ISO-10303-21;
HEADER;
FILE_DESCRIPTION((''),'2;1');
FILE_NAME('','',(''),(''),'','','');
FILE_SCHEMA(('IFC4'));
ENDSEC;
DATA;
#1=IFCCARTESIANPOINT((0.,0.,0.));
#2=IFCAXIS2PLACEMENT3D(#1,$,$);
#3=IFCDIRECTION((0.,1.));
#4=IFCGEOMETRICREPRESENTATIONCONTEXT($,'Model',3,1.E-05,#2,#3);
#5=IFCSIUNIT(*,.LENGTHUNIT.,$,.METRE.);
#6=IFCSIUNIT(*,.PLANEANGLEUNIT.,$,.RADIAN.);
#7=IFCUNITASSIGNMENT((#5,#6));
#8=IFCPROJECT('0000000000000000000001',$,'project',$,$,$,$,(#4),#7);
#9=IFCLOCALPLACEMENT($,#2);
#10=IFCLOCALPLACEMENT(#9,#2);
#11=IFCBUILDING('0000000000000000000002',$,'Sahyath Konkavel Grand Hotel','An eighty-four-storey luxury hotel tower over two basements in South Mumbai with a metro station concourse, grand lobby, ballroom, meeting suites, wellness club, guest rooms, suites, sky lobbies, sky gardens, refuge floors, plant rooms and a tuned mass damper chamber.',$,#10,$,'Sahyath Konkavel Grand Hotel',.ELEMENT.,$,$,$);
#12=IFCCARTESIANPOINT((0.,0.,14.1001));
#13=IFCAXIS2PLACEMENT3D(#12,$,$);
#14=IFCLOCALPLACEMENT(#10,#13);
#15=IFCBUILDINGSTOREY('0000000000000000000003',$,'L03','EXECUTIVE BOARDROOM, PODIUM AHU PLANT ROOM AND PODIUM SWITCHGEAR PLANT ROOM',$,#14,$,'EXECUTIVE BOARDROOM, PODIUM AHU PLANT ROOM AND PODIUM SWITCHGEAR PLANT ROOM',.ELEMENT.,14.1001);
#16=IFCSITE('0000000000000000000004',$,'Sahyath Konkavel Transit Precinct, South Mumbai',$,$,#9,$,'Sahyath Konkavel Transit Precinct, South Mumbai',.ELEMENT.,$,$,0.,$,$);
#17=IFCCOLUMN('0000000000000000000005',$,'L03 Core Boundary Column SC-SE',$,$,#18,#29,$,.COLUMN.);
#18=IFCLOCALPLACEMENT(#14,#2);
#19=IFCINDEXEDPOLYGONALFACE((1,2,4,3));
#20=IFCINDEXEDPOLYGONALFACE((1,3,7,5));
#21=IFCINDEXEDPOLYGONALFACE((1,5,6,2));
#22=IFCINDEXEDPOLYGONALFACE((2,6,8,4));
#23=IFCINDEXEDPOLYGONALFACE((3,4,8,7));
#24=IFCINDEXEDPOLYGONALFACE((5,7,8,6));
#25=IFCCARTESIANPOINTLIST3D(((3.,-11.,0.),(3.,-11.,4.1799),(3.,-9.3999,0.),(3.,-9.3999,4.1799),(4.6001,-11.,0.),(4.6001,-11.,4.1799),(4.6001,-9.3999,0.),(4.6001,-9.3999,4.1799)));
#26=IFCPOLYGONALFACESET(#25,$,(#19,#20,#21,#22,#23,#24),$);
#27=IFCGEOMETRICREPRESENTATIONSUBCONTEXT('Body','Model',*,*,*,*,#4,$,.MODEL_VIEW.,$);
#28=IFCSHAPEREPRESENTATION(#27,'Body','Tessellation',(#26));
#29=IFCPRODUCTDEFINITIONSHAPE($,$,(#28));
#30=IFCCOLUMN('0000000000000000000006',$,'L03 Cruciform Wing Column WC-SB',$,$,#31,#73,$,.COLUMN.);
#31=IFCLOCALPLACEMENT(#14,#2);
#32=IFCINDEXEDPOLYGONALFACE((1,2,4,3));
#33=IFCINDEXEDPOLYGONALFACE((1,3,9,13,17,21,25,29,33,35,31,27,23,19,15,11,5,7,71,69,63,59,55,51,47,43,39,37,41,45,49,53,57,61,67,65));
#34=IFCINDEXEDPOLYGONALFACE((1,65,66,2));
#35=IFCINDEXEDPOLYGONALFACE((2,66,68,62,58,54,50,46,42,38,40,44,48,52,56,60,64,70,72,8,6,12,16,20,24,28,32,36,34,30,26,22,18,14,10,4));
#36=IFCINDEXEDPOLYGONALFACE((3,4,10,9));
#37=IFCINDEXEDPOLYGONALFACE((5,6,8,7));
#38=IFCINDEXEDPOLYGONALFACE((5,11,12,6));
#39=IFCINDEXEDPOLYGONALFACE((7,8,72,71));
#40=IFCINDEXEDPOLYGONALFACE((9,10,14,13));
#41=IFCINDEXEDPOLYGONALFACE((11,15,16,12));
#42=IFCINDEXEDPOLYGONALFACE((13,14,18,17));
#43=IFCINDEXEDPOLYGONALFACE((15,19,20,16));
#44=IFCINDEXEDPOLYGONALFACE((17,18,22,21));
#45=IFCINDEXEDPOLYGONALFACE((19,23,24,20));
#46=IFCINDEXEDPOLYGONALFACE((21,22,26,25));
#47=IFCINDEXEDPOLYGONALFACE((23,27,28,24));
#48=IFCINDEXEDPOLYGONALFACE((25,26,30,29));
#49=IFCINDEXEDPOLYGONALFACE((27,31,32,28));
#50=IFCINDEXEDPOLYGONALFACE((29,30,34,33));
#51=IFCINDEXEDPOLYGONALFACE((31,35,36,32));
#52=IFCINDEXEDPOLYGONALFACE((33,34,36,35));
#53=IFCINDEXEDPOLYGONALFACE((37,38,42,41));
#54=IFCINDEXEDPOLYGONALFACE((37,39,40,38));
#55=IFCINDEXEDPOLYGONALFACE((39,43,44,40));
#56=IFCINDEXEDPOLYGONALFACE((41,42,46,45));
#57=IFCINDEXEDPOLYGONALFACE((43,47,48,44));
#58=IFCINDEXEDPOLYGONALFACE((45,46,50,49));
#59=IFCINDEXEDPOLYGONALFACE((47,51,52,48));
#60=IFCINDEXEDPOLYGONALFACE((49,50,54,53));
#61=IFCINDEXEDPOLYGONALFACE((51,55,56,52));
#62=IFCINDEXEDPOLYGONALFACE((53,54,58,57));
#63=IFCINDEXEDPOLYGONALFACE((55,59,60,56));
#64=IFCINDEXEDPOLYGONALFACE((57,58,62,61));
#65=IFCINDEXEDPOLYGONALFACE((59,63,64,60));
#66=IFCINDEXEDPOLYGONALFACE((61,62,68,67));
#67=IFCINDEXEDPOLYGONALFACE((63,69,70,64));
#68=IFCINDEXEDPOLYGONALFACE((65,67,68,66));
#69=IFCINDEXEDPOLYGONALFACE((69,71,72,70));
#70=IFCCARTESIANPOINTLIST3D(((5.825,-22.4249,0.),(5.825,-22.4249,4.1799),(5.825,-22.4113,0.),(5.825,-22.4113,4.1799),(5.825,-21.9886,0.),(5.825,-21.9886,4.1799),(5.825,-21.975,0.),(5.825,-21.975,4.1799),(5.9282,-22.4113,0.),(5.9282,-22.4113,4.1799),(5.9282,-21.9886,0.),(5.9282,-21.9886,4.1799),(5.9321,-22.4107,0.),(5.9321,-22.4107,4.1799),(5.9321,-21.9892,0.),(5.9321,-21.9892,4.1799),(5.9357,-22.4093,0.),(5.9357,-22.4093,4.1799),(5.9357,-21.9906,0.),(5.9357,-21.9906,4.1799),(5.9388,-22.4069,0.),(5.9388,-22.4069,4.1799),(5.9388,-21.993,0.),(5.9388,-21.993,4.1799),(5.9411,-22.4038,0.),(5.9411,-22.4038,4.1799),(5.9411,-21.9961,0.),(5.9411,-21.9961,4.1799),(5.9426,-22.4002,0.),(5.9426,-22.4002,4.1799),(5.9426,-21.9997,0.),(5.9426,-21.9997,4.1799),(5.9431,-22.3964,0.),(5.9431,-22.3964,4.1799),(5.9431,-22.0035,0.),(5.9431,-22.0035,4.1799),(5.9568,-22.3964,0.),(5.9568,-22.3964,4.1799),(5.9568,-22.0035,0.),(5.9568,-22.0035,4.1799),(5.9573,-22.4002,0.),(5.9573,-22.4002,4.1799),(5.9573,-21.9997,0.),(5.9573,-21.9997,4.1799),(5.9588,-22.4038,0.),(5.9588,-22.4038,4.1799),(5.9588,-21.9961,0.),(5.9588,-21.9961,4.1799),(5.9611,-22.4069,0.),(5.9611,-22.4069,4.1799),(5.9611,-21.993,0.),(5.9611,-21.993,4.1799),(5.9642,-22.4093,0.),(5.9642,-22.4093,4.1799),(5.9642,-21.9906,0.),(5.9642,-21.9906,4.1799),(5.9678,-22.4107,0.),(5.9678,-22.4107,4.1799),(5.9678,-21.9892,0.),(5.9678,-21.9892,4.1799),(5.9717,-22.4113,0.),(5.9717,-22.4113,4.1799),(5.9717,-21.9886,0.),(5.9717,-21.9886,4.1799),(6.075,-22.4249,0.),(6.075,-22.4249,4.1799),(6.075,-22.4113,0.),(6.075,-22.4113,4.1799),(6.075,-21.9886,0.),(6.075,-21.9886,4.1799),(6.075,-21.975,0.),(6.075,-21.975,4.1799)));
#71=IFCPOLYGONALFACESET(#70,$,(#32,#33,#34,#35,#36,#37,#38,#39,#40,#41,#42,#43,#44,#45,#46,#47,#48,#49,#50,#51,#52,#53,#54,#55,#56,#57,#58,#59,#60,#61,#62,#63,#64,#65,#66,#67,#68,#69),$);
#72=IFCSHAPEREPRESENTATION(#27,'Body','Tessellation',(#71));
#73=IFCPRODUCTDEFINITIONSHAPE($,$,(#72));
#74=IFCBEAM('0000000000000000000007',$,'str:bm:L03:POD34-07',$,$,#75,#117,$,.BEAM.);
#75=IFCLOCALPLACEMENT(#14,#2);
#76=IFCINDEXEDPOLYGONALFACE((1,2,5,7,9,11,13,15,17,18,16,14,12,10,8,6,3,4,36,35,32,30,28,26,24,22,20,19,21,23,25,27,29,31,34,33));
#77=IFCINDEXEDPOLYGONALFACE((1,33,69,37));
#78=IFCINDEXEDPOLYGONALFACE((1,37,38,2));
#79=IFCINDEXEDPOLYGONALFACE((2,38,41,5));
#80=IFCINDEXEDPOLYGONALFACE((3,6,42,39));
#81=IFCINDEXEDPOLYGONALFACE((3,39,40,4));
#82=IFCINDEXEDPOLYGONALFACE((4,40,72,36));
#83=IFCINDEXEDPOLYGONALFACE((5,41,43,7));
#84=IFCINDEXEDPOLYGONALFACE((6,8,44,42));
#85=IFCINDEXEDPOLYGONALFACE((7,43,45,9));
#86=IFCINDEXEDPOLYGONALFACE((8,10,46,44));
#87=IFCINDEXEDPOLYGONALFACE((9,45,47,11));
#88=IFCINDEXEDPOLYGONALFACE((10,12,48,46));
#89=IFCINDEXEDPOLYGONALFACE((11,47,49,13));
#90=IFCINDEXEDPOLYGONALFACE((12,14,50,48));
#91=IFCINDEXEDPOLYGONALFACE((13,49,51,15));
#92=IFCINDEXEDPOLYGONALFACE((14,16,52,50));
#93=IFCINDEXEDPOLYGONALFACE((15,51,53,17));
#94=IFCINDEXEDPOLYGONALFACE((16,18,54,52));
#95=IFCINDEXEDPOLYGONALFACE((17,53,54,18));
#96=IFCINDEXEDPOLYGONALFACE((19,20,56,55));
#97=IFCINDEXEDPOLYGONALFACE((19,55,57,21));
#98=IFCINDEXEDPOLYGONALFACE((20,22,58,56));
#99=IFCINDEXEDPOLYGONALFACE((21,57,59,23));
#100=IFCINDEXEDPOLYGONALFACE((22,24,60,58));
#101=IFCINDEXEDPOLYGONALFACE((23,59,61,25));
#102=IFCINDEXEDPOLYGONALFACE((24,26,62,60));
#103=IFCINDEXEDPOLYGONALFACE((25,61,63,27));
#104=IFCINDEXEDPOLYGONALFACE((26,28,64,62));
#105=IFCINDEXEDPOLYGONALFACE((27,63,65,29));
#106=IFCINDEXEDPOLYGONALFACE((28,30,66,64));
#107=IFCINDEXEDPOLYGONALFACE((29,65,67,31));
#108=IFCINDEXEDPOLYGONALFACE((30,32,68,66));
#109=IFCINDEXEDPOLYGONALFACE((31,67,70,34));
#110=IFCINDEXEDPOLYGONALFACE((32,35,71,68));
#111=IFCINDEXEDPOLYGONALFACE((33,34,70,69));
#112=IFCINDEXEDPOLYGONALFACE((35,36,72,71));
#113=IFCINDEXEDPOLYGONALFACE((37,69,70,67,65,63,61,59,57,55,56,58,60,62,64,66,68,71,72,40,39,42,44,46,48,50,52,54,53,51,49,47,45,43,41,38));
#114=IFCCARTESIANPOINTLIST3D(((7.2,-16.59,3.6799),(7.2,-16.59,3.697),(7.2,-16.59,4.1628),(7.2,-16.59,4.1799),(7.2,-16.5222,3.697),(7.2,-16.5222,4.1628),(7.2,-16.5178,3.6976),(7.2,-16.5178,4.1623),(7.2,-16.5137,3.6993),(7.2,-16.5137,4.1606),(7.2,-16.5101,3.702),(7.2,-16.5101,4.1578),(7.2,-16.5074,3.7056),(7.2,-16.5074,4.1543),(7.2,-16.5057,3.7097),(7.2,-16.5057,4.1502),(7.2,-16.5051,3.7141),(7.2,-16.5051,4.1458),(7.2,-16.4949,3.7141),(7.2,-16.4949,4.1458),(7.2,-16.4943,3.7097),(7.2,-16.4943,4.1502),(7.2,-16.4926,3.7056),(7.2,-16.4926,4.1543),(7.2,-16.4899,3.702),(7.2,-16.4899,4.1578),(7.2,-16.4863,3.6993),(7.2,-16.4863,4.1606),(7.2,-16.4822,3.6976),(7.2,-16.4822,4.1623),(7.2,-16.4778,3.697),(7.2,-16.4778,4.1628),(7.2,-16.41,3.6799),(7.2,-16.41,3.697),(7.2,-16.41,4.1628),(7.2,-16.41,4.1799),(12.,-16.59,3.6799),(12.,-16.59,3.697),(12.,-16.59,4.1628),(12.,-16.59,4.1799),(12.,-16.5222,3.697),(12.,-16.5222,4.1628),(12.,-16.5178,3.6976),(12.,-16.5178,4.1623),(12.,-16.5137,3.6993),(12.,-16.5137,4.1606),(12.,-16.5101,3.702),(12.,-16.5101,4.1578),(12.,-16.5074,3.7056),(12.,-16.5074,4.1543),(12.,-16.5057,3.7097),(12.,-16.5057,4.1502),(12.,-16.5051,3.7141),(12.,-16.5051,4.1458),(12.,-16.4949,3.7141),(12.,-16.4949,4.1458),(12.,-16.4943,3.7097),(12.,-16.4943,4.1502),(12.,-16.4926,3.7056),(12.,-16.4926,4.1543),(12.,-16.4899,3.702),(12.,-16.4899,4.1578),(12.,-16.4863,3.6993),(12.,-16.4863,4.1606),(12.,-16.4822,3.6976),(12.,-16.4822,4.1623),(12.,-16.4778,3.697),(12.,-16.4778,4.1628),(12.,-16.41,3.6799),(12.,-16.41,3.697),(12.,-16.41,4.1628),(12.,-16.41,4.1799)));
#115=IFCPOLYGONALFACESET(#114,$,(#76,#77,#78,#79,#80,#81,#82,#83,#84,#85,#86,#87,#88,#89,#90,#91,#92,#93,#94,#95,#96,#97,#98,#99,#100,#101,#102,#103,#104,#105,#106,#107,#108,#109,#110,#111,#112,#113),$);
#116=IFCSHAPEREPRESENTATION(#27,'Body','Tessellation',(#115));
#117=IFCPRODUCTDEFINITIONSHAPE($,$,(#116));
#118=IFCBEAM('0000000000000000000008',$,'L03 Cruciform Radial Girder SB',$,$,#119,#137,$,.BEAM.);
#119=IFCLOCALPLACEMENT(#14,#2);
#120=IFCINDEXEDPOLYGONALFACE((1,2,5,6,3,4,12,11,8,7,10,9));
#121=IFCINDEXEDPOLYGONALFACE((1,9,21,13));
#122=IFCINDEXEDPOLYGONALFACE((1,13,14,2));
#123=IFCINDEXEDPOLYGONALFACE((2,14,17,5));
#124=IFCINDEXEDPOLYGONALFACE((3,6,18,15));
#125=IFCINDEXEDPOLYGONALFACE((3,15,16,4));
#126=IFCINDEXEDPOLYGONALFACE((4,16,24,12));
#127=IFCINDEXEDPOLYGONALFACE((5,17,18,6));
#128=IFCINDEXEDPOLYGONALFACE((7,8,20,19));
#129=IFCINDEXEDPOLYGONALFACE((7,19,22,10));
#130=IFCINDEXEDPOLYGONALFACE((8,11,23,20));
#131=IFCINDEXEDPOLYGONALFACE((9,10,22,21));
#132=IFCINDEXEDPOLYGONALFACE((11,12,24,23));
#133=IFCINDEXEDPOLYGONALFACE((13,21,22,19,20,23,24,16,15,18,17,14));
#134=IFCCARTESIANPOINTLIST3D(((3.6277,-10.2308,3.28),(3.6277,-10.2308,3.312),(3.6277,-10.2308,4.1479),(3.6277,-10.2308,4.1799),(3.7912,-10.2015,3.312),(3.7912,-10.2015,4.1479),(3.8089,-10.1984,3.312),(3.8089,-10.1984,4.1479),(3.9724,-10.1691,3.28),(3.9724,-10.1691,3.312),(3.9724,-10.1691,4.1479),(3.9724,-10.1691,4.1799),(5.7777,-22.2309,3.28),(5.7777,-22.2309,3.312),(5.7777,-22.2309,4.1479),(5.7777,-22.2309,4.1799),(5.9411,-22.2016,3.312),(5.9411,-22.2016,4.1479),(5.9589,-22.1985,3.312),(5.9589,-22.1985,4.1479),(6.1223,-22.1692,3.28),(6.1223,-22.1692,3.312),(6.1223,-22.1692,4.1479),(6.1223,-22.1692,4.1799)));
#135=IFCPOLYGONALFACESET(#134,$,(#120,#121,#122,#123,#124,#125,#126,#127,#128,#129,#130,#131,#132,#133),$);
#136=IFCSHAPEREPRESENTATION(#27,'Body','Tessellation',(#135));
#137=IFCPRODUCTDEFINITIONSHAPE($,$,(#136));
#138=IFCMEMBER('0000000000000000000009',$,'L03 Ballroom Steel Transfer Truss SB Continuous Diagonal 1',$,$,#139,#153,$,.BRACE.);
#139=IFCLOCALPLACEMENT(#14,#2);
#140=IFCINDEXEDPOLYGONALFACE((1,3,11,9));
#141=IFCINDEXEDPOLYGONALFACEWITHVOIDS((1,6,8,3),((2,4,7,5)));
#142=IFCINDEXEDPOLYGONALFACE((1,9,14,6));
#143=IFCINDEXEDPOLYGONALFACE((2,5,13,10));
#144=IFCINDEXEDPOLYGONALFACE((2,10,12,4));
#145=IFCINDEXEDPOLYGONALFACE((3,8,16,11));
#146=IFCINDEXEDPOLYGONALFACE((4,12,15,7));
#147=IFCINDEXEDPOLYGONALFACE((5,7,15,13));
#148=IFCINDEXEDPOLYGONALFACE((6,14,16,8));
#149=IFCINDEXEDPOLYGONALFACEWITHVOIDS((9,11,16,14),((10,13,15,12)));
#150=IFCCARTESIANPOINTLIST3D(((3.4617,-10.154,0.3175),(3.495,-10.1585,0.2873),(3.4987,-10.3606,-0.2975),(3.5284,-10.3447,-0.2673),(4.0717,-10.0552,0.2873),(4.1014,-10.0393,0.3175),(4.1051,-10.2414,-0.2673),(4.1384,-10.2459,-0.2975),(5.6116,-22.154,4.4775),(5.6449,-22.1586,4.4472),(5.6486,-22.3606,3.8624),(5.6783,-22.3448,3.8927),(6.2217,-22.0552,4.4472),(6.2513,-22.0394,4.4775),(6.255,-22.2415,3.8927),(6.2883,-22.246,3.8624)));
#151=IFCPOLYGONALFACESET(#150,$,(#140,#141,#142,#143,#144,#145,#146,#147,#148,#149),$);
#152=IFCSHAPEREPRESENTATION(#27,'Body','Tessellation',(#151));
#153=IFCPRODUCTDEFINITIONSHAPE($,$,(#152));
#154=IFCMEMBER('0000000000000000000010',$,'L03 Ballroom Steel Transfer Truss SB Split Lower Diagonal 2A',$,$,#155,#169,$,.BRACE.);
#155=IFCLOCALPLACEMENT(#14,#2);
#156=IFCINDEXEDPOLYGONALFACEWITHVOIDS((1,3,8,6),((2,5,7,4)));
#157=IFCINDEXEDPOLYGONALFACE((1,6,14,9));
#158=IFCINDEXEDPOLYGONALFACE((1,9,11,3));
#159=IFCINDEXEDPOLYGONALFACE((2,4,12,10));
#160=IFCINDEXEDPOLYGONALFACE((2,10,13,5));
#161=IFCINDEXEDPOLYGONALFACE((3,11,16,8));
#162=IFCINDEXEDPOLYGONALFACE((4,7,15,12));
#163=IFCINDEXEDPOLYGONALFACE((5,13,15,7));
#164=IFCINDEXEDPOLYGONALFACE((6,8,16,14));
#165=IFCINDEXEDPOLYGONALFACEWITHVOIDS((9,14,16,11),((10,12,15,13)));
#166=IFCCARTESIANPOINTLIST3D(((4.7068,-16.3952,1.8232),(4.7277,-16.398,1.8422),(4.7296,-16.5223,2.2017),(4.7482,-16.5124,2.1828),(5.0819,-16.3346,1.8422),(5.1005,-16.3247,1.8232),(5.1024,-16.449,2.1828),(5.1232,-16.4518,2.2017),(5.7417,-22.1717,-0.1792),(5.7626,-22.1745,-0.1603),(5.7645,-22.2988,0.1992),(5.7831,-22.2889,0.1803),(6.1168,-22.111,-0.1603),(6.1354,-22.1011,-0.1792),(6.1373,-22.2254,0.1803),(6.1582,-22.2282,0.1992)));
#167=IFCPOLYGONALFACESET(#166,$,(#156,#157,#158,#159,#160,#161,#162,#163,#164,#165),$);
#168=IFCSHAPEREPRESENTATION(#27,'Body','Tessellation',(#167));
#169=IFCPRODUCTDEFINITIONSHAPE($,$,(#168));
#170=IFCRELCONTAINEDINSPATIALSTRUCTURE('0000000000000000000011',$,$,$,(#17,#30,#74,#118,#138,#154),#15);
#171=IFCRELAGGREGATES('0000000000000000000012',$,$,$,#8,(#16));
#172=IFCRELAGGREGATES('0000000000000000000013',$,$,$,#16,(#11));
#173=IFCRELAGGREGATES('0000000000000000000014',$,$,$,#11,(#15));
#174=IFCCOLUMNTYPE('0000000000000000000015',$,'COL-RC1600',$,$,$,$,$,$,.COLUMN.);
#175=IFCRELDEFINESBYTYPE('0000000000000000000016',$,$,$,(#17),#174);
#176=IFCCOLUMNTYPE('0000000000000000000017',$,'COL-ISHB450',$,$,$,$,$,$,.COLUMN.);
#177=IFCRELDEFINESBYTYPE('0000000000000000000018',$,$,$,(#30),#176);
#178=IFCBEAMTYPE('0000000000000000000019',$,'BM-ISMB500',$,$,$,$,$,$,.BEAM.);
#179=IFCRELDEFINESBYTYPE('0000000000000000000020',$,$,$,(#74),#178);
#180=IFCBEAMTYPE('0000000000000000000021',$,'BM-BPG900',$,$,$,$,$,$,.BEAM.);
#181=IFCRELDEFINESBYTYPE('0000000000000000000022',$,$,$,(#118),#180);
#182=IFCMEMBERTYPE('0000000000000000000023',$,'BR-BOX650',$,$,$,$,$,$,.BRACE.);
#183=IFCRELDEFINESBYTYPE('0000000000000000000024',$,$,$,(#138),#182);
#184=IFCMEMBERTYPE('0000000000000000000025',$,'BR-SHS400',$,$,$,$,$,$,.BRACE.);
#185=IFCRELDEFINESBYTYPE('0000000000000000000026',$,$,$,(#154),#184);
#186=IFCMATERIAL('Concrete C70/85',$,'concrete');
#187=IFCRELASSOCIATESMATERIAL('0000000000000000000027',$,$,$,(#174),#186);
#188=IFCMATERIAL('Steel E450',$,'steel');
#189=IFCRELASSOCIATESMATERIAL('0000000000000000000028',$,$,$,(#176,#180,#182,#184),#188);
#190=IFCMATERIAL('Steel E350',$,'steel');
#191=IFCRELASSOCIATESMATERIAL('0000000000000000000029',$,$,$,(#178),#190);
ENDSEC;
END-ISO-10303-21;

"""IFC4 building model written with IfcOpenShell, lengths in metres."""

from ifc_helpers import new_model, si_unit, direction, frame, origin, origin_2d, place, context, subcontext, project, spatial, rectangle, hollow_rectangle, i_section, extrude, source, transform, mapped, material, material_profile, profile_set, type_object, element, save


model = new_model("IFC4")

# Units and contexts
model_context = context("Model", 3, precision=1e-05, world=origin(), true_north=direction((0.0, 1.0)))
body_context = subcontext(model_context, "Body", "Model", "MODEL_VIEW")
ifc_project = project(units=[si_unit("LENGTHUNIT", "METRE"), si_unit("PLANEANGLEUNIT", "RADIAN")], contexts=[model_context])

# Site, building, storey
site_placement = place(None, origin())
site = spatial("IfcSite", under=ifc_project, at=site_placement, Name="Sahyath Konkavel Transit Precinct, South Mumbai", LongName="Sahyath Konkavel Transit Precinct, South Mumbai", CompositionType="ELEMENT", RefElevation=0.0)
building_placement = place(site_placement, origin())
building = spatial("IfcBuilding", under=site, at=building_placement, Name="Sahyath Konkavel Grand Hotel", Description="An eighty-four-storey luxury hotel tower over two basements in South Mumbai with a metro station concourse, grand lobby, ballroom, meeting suites, wellness club, guest rooms, suites, sky lobbies, sky gardens, refuge floors, plant rooms and a tuned mass damper chamber.", LongName="Sahyath Konkavel Grand Hotel", CompositionType="ELEMENT")
storey_placement = place(building_placement, frame((0.0, 0.0, 14.1001)))
storey = spatial("IfcBuildingStorey", under=building, at=storey_placement, Name="L03", Description="EXECUTIVE BOARDROOM, PODIUM AHU PLANT ROOM AND PODIUM SWITCHGEAR PLANT ROOM", LongName="EXECUTIVE BOARDROOM, PODIUM AHU PLANT ROOM AND PODIUM SWITCHGEAR PLANT ROOM", CompositionType="ELEMENT", Elevation=14.1001)

# Columns
ifc_material_1 = material(Name="Concrete C70/85", Category="concrete")
ifc_material_profile_1 = material_profile(ifc_material_1, rectangle(XDim=1.6001, YDim=1.6001, at=origin_2d()), Name="RC 1600x1600")
ifc_profile_set_1 = profile_set([ifc_material_profile_1], Name="Concrete C70/85")
column_type_1 = type_object("IfcColumnType", Name="COL-RC1600", PredefinedType="COLUMN", material=ifc_profile_set_1)
shared_shape_1 = source(origin(), body_context, "Body", "SweptSolid", [
    extrude(rectangle(XDim=1.6001, YDim=1.6001, at=origin_2d()), origin(), (0.0, 0.0, 1.0), 4.1799),
])
column_1_placement = place(storey_placement, frame((3.8, -10.2, 0.0), z_axis=(0.0, 0.0, 1.0), x_axis=(1.0, 0.0, 0.0)))
element("IfcColumn", 1, at=column_1_placement, inside=storey, type_object=column_type_1, Name="L03 Core Boundary Column SC-SE", PredefinedType="COLUMN", context=body_context, shape_type="MappedRepresentation", body=[
    mapped(shared_shape_1, transform((0.0, 0.0, 0.0), scale=1.0)),
])
ifc_material_2 = material(Name="Steel E450", Category="steel")
ifc_material_profile_2 = material_profile(ifc_material_2, i_section(OverallWidth=0.25, OverallDepth=0.45, WebThickness=0.0137, FlangeThickness=0.0137, FilletRadius=0.0149, at=origin_2d()), Name="ISHB 450")
ifc_profile_set_2 = profile_set([ifc_material_profile_2], Name="Steel E450")
column_type_2 = type_object("IfcColumnType", Name="COL-ISHB450", PredefinedType="COLUMN", material=ifc_profile_set_2)
shared_shape_2 = source(origin(), body_context, "Body", "SweptSolid", [
    extrude(i_section(OverallWidth=0.25, OverallDepth=0.45, WebThickness=0.0137, FlangeThickness=0.0137, FilletRadius=0.0149, at=origin_2d()), origin(), (0.0, 0.0, 1.0), 4.1799),
])
column_2_placement = place(storey_placement, frame((5.95, -22.2, 0.0), z_axis=(0.0, 0.0, 1.0), x_axis=(1.0, 0.0, 0.0)))
element("IfcColumn", 2, at=column_2_placement, inside=storey, type_object=column_type_2, Name="L03 Cruciform Wing Column WC-SB", PredefinedType="COLUMN", context=body_context, shape_type="MappedRepresentation", body=[
    mapped(shared_shape_2, transform((0.0, 0.0, 0.0), scale=1.0)),
])

# Beams
ifc_material_3 = material(Name="Steel E350", Category="steel")
ifc_material_profile_3 = material_profile(ifc_material_3, i_section(OverallWidth=0.1799, OverallDepth=0.5, WebThickness=0.0103, FlangeThickness=0.0171, FilletRadius=0.0171, at=origin_2d()), Name="ISMB 500")
ifc_profile_set_3 = profile_set([ifc_material_profile_3], Name="Steel E350")
beam_type_1 = type_object("IfcBeamType", Name="BM-ISMB500", PredefinedType="BEAM", material=ifc_profile_set_3)
shared_shape_3 = source(origin(), body_context, "Body", "SweptSolid", [
    extrude(i_section(OverallWidth=0.1799, OverallDepth=0.5, WebThickness=0.0103, FlangeThickness=0.0171, FilletRadius=0.0171, at=origin_2d()), origin(), (0.0, 0.0, 1.0), 4.8),
])
beam_1_placement = place(storey_placement, frame((7.2, -16.5, 3.9299), z_axis=(1.0, 0.0, 0.0), x_axis=(0.0, 1.0, 0.0)))
element("IfcBeam", 3, at=beam_1_placement, inside=storey, type_object=beam_type_1, Name="str:bm:L03:POD34-07", PredefinedType="BEAM", context=body_context, shape_type="MappedRepresentation", body=[
    mapped(shared_shape_3, transform((0.0, 0.0, 0.0), scale=1.0)),
])
ifc_material_profile_4 = material_profile(ifc_material_2, i_section(OverallWidth=0.3501, OverallDepth=0.8999, WebThickness=0.0181, FlangeThickness=0.032, at=origin_2d()), Name="BPG 900x350")
ifc_profile_set_4 = profile_set([ifc_material_profile_4], Name="Steel E450")
beam_type_2 = type_object("IfcBeamType", Name="BM-BPG900", PredefinedType="BEAM", material=ifc_profile_set_4)
shared_shape_4 = source(origin(), body_context, "Body", "SweptSolid", [
    extrude(i_section(OverallWidth=0.3501, OverallDepth=0.8999, WebThickness=0.0181, FlangeThickness=0.032, at=origin_2d()), origin(), (0.0, 0.0, 1.0), 12.1912),
])
beam_2_placement = place(storey_placement, frame((3.8, -10.2, 3.73), z_axis=(0.176351, -0.984327, 0.0), x_axis=(0.984327, 0.176351, 0.0)))
element("IfcBeam", 4, at=beam_2_placement, inside=storey, type_object=beam_type_2, Name="L03 Cruciform Radial Girder SB", PredefinedType="BEAM", context=body_context, shape_type="MappedRepresentation", body=[
    mapped(shared_shape_4, transform((0.0, 0.0, 0.0), scale=1.0)),
])

# Members
ifc_material_profile_5 = material_profile(ifc_material_2, hollow_rectangle(XDim=0.6499, YDim=0.6499, WallThickness=0.032, at=origin_2d()), Name="BOX 650x650x32")
ifc_profile_set_5 = profile_set([ifc_material_profile_5], Name="Steel E450")
member_type_1 = type_object("IfcMemberType", Name="BR-BOX650", PredefinedType="BRACE", material=ifc_profile_set_5)
shared_shape_5 = source(origin(), body_context, "Body", "SweptSolid", [
    extrude(hollow_rectangle(XDim=0.6499, YDim=0.6499, WallThickness=0.032, at=origin_2d()), origin(), (0.0, 0.0, 1.0), 12.8813),
])
member_1_placement = place(storey_placement, frame((3.8, -10.2, 0.01), z_axis=(0.166902, -0.931586, 0.322943), x_axis=(0.984327, 0.176351, 0.0)))
element("IfcMember", 5, at=member_1_placement, inside=storey, type_object=member_type_1, Name="L03 Ballroom Steel Transfer Truss SB Continuous Diagonal 1", PredefinedType="BRACE", context=body_context, shape_type="MappedRepresentation", body=[
    mapped(shared_shape_5, transform((0.0, 0.0, 0.0), scale=1.0)),
])
ifc_material_profile_6 = material_profile(ifc_material_2, hollow_rectangle(XDim=0.3999, YDim=0.3999, WallThickness=0.02, at=origin_2d()), Name="SHS 400x400x20")
ifc_profile_set_6 = profile_set([ifc_material_profile_6], Name="Steel E450")
member_type_2 = type_object("IfcMemberType", Name="BR-SHS400", PredefinedType="BRACE", material=ifc_profile_set_6)
shared_shape_6 = source(origin(), body_context, "Body", "SweptSolid", [
    extrude(hollow_rectangle(XDim=0.3999, YDim=0.3999, WallThickness=0.02, at=origin_2d()), origin(), (0.0, 0.0, 1.0), 6.2007),
])
for number, where, z_axis, x_axis, name in (
    (6, (5.95, -22.2, 0.01), (-0.166906, 0.931584, 0.322944), (-0.984327, -0.176355, 0.0), "L03 Ballroom Steel Transfer Truss SB Split Lower Diagonal 2A"),
):
    element("IfcMember", number, at=place(storey_placement, frame(where, z_axis=z_axis, x_axis=x_axis)), inside=storey, type_object=member_type_2, Name=name, PredefinedType="BRACE", context=body_context, shape_type="MappedRepresentation", body=[
        mapped(shared_shape_6, transform((0.0, 0.0, 0.0), scale=1.0)),
    ])

save(model, "model.ifc")
